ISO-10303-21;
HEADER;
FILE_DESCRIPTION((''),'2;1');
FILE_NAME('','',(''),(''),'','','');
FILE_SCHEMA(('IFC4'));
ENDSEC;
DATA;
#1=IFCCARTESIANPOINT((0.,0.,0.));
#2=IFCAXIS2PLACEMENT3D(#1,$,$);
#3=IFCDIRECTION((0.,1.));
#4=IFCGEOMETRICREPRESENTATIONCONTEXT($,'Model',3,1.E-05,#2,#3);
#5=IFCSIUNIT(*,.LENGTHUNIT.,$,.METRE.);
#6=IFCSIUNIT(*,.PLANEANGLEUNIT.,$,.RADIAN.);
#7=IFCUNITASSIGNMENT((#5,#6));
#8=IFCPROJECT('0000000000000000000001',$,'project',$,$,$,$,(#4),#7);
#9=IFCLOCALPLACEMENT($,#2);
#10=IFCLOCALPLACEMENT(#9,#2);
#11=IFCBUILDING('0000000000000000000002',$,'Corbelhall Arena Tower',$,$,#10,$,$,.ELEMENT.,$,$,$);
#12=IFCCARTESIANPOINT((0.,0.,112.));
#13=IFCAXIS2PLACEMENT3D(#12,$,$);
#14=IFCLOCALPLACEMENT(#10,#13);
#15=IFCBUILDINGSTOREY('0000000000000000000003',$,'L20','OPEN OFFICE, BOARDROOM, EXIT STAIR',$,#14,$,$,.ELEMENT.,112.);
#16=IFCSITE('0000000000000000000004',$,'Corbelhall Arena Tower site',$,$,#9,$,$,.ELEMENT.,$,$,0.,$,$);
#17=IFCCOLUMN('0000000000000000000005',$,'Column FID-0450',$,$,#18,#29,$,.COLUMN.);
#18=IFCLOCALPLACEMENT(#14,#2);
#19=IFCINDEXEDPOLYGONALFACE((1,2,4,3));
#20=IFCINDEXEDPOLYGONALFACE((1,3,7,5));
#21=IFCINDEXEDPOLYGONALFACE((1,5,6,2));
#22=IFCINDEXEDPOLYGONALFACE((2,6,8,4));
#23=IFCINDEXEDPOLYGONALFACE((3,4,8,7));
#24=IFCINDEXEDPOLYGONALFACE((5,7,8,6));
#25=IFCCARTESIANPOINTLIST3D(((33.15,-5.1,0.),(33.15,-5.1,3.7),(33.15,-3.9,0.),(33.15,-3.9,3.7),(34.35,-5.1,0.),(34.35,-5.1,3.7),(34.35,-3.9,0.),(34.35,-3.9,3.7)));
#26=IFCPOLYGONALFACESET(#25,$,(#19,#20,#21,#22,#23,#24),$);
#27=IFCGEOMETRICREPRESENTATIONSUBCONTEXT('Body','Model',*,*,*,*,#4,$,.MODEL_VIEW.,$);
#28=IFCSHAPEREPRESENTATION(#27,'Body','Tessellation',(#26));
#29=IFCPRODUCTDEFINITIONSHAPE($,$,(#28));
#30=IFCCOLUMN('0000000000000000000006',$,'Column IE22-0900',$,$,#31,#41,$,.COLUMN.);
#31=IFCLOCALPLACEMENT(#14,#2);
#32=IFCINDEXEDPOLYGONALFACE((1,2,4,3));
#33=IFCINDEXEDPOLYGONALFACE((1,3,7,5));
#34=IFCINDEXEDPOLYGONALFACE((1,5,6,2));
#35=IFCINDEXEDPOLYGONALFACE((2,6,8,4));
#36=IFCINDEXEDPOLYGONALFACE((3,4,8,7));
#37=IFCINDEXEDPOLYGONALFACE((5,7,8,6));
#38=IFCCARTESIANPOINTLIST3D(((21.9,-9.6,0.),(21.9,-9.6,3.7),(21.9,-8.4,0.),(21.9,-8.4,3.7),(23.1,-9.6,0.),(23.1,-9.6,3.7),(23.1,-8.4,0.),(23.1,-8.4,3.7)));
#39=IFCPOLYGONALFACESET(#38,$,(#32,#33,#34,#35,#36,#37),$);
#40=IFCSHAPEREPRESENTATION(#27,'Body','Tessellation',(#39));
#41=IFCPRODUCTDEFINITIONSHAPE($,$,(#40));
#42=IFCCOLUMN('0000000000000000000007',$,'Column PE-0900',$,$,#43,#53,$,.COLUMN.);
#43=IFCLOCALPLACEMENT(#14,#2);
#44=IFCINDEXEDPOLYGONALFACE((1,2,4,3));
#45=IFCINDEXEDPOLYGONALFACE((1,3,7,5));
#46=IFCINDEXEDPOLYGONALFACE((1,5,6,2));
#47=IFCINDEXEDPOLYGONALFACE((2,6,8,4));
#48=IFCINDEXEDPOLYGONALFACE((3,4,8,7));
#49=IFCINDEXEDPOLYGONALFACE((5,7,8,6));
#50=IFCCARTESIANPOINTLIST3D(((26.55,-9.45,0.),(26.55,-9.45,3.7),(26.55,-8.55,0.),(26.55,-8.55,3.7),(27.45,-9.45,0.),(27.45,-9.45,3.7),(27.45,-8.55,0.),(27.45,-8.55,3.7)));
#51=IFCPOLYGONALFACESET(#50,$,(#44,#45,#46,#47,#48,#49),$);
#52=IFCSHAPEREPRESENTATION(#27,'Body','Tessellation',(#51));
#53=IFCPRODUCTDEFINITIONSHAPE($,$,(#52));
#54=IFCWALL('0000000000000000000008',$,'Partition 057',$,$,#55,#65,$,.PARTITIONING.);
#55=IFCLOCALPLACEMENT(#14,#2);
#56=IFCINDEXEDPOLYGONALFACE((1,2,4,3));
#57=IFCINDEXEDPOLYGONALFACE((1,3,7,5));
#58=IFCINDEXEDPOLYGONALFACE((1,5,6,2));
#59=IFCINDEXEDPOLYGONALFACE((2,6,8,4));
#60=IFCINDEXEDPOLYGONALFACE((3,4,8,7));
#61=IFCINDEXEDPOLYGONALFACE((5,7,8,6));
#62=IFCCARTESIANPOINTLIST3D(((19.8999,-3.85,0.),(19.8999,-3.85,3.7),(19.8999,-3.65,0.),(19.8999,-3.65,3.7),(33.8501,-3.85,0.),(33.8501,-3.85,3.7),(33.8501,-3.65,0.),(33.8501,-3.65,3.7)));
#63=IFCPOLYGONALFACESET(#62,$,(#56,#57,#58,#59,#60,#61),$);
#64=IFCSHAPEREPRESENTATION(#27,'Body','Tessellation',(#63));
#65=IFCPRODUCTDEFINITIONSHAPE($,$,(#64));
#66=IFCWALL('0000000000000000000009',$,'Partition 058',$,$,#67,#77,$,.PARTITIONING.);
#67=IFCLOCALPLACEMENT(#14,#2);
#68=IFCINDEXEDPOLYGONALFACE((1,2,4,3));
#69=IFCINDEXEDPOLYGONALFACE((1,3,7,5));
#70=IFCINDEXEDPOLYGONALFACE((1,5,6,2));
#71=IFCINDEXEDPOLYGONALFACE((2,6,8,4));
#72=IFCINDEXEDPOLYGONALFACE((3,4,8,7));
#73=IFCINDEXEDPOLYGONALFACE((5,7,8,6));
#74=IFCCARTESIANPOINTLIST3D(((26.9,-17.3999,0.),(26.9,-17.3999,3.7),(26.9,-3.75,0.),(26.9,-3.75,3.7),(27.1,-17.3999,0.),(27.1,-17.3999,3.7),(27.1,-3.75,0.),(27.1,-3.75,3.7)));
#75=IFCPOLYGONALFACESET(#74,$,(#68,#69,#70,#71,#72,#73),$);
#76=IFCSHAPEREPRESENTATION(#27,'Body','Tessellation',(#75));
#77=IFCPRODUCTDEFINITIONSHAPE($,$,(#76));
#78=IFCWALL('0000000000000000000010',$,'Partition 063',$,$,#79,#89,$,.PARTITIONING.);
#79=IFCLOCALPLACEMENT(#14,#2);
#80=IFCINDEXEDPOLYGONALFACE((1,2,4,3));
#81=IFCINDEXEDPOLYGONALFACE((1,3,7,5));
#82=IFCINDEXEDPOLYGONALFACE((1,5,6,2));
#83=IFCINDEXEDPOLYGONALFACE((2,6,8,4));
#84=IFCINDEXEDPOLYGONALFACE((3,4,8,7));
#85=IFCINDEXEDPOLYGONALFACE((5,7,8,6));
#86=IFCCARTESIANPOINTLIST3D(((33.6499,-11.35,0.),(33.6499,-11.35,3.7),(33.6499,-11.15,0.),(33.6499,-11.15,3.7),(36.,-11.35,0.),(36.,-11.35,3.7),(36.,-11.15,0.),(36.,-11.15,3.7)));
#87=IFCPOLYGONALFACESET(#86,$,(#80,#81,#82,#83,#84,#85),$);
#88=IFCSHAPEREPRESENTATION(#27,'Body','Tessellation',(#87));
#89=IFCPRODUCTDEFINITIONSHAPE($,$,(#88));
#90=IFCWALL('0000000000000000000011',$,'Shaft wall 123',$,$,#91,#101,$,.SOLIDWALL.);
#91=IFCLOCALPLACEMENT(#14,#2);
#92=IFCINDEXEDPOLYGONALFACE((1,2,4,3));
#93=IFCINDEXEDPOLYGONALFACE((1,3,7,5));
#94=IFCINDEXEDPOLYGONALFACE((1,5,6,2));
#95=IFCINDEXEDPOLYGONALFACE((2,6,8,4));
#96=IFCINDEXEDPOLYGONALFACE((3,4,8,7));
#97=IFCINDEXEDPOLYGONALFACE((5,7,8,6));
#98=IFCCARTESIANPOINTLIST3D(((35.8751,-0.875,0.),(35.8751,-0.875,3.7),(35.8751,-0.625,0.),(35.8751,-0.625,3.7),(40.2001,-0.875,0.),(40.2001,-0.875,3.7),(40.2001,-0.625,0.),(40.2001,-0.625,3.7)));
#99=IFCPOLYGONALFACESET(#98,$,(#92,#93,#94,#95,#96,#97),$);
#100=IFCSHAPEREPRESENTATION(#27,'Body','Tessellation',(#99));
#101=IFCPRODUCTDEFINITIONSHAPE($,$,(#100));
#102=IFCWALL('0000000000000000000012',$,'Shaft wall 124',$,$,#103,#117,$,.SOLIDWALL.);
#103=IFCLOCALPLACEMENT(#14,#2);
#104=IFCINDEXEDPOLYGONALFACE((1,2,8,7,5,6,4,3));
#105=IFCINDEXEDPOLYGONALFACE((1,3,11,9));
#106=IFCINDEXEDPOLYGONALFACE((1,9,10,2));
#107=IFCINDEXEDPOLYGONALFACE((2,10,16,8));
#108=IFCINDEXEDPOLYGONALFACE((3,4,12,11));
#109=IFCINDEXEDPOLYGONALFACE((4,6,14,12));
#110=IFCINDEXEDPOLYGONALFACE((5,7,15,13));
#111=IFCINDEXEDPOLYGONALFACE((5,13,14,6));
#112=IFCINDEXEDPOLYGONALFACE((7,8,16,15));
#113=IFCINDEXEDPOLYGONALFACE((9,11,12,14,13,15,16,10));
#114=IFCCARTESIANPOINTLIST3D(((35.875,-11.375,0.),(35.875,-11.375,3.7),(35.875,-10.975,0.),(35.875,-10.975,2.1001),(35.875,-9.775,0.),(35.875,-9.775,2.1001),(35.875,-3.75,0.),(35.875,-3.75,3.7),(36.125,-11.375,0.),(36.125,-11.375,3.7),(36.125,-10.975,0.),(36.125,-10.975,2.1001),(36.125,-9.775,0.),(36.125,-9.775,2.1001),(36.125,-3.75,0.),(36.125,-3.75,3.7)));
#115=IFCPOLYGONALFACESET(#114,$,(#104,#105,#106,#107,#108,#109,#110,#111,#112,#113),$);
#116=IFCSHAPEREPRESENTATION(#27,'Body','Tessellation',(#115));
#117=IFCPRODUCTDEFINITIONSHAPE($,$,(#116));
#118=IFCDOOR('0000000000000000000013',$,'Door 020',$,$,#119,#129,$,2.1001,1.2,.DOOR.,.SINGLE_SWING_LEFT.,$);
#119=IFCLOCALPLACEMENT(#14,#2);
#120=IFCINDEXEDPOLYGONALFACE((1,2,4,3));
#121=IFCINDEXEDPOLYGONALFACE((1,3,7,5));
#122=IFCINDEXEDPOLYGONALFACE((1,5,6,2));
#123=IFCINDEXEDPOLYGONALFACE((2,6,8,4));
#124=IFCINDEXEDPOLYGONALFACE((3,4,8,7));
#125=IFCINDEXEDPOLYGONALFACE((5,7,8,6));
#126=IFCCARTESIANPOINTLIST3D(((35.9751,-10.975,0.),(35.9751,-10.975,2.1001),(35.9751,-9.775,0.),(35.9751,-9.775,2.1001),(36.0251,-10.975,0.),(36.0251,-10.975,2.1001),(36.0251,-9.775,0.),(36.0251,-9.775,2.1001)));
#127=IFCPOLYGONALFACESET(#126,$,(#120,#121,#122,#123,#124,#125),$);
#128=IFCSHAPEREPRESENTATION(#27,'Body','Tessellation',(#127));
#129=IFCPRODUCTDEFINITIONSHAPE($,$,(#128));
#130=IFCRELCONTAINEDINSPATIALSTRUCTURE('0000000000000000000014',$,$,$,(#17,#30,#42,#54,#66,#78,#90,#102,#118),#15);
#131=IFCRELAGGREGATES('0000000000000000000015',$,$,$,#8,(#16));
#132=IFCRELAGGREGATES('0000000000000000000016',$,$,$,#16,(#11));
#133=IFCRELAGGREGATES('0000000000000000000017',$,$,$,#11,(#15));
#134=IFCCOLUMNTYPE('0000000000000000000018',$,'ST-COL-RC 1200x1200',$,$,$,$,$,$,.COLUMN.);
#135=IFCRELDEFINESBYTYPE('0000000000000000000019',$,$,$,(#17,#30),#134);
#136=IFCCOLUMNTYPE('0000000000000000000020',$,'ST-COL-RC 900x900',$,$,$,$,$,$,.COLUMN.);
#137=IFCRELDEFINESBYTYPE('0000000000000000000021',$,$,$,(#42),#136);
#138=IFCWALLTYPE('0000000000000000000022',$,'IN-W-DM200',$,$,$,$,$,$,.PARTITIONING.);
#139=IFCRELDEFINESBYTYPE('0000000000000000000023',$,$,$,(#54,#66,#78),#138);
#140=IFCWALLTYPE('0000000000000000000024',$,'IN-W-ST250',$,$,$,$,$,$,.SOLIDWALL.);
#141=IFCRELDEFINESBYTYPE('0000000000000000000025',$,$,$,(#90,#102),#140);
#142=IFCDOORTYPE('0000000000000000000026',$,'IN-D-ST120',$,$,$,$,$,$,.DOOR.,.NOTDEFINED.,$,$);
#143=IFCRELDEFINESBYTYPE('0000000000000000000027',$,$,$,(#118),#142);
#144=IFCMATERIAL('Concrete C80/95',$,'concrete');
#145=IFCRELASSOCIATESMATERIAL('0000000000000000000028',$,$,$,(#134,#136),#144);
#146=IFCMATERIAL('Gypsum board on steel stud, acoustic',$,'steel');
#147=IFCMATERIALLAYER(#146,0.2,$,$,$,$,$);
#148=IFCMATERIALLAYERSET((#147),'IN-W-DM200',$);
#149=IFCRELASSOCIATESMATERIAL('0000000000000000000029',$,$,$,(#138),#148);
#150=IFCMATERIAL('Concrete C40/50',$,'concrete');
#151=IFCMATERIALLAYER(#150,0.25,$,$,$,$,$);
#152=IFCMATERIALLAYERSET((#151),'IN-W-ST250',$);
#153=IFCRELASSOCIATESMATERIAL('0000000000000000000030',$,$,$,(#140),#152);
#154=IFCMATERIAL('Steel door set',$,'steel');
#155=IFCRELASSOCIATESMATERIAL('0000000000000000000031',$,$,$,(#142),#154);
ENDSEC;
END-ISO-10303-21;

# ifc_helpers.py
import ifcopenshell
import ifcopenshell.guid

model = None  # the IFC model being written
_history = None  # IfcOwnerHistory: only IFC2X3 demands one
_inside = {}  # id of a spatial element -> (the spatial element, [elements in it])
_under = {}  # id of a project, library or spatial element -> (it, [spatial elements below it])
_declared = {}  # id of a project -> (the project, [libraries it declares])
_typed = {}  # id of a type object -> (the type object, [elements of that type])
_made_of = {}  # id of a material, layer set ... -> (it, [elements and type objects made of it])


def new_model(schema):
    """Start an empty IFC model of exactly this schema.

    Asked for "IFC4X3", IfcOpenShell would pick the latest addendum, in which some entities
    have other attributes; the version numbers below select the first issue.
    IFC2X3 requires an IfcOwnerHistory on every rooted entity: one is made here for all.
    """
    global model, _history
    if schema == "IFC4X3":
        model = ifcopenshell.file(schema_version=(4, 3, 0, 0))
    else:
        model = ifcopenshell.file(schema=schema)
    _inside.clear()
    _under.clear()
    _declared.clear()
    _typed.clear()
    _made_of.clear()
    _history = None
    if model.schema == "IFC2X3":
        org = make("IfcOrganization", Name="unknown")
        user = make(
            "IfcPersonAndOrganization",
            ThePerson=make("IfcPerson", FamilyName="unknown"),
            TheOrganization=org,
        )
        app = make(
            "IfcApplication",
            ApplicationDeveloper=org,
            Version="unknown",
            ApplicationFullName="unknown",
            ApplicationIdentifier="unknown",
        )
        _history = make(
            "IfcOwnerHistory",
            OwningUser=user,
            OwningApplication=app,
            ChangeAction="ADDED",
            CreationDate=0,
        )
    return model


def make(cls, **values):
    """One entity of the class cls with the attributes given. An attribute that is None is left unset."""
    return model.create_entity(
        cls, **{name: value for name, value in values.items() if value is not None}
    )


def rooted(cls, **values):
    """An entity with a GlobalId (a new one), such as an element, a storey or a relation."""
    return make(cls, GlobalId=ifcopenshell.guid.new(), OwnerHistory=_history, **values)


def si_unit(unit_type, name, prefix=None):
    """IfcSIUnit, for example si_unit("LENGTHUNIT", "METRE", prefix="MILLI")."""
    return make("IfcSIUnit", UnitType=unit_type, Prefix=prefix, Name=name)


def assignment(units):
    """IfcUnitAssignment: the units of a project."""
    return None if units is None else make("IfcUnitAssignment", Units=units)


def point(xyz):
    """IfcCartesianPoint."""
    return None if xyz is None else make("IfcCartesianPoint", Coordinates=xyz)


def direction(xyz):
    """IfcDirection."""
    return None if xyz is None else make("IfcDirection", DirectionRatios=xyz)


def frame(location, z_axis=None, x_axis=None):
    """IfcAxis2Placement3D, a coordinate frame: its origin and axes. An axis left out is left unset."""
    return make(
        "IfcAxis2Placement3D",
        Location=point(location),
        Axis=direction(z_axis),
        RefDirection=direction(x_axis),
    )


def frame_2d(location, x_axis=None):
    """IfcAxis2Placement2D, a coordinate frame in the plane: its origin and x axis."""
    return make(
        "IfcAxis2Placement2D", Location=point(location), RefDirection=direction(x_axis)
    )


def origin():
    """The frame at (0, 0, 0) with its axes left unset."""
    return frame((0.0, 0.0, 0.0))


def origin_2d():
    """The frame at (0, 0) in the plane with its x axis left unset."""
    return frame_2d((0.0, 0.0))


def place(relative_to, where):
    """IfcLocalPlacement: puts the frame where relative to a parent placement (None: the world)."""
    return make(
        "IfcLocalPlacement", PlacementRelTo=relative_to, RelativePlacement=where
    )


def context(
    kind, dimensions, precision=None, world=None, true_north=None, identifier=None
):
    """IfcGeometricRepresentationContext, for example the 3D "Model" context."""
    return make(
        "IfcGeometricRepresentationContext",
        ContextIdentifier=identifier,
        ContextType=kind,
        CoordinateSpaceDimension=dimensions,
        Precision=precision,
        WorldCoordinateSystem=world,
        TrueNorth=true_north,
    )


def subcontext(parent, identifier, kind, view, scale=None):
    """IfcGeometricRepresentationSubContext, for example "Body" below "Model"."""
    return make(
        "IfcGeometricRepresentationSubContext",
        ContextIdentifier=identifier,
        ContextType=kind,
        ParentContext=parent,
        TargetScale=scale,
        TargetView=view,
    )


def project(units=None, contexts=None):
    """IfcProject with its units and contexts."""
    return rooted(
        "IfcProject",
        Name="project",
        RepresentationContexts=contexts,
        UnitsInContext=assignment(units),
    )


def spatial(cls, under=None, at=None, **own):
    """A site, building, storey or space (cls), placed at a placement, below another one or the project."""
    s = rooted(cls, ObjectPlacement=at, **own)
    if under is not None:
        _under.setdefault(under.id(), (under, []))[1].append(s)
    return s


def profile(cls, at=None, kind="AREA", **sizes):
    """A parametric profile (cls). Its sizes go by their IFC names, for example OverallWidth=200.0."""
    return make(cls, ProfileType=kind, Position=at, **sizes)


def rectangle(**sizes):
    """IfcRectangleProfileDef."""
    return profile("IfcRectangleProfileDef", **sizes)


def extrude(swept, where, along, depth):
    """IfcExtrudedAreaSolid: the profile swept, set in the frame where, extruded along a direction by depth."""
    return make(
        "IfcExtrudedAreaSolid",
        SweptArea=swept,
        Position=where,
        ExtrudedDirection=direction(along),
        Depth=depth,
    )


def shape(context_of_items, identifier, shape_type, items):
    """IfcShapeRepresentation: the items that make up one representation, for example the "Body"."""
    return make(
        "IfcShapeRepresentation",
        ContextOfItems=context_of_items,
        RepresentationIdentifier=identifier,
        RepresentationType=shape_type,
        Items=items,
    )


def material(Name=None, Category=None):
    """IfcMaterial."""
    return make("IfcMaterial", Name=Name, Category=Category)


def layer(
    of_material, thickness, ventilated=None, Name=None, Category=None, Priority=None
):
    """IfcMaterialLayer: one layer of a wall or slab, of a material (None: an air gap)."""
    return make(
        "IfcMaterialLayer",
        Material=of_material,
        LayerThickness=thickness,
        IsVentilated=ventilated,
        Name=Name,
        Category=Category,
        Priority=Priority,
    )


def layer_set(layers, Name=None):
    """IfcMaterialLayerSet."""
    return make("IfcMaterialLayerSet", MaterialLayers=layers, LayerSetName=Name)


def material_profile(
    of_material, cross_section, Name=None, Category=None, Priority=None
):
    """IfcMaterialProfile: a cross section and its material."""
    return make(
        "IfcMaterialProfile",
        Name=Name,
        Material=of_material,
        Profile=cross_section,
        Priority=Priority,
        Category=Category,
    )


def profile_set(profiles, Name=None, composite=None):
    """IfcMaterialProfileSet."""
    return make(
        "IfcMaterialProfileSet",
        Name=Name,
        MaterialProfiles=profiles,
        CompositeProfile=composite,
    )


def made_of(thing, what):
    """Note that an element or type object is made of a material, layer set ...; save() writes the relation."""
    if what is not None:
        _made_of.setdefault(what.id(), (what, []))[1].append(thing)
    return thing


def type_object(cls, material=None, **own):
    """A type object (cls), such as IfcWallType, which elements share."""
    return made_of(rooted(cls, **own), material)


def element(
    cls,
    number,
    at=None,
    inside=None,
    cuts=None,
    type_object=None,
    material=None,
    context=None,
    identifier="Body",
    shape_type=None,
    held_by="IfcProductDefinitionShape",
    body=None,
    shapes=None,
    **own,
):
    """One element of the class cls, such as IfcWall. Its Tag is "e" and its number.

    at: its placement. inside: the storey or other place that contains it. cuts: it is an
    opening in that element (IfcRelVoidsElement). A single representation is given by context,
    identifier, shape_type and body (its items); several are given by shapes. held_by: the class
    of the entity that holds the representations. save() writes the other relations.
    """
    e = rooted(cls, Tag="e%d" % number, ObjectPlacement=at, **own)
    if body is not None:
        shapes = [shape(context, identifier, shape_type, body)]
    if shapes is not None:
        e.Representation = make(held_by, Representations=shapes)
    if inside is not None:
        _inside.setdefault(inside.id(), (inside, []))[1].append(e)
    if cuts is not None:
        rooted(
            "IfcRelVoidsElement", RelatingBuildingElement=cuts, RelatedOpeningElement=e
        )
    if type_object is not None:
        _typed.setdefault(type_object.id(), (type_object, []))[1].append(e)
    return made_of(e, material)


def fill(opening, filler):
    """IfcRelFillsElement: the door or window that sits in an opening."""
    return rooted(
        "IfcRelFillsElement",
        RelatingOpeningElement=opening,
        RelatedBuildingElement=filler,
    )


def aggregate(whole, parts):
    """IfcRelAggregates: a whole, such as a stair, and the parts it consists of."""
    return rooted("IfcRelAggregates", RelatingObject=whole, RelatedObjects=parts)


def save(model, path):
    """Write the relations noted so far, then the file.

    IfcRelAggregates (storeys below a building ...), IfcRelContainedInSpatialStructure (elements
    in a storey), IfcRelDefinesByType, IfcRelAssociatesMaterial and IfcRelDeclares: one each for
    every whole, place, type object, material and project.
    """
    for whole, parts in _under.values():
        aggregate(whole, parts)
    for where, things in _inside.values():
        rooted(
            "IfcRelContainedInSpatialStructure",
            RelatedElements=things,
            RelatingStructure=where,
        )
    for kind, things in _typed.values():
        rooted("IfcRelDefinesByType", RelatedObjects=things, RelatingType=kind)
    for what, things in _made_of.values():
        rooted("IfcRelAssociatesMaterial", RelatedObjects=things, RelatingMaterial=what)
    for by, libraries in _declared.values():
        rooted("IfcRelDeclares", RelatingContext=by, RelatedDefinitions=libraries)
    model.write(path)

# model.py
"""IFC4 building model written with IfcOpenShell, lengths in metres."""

from ifc_helpers import new_model, si_unit, direction, frame, frame_2d, origin, origin_2d, place, context, subcontext, project, spatial, rectangle, extrude, material, layer, layer_set, material_profile, profile_set, type_object, element, fill, save


model = new_model("IFC4")

# Units and contexts
model_context = context("Model", 3, precision=1e-05, world=origin(), true_north=direction((0.0, 1.0)))
body_context = subcontext(model_context, "Body", "Model", "MODEL_VIEW")
ifc_project = project(units=[si_unit("LENGTHUNIT", "METRE"), si_unit("PLANEANGLEUNIT", "RADIAN")], contexts=[model_context])

# Site, building, storey
site_placement = place(None, origin())
site = spatial("IfcSite", under=ifc_project, at=site_placement, Name="Corbelhall Arena Tower site", CompositionType="ELEMENT", RefElevation=0.0)
building_placement = place(site_placement, origin())
building = spatial("IfcBuilding", under=site, at=building_placement, Name="Corbelhall Arena Tower", CompositionType="ELEMENT")
storey_placement = place(building_placement, frame((0.0, 0.0, 112.0)))
storey = spatial("IfcBuildingStorey", under=building, at=storey_placement, Name="L20", Description="OPEN OFFICE, BOARDROOM, EXIT STAIR", CompositionType="ELEMENT", Elevation=112.0)

# Columns
ifc_material_1 = material(Name="Concrete C80/95", Category="concrete")
ifc_material_profile_1 = material_profile(ifc_material_1, rectangle(XDim=1.2, YDim=1.2, at=origin_2d()))
ifc_profile_set_1 = profile_set([ifc_material_profile_1], Name="Concrete C80/95")
column_type_1 = type_object("IfcColumnType", Name="ST-COL-RC 1200x1200", PredefinedType="COLUMN", material=ifc_profile_set_1)
for number, where, z_axis, x_axis, name in (
    (1, (33.75, -4.5, 0.0), (0.0, 0.0, 1.0), (1.0, 0.0, 0.0), "Column FID-0450"),
    (2, (22.5, -9.0, 0.0), (0.0, 0.0, 1.0), (1.0, 0.0, 0.0), "Column IE22-0900"),
):
    element("IfcColumn", number, at=place(storey_placement, frame(where, z_axis=z_axis, x_axis=x_axis)), inside=storey, type_object=column_type_1, Name=name, PredefinedType="COLUMN", context=body_context, shape_type="SweptSolid", body=[
        extrude(rectangle(XDim=1.2, YDim=1.2, at=origin_2d()), origin(), (0.0, 0.0, 1.0), 3.7),
    ])
ifc_material_profile_2 = material_profile(ifc_material_1, rectangle(XDim=0.8999, YDim=0.8999, at=origin_2d()))
ifc_profile_set_2 = profile_set([ifc_material_profile_2], Name="Concrete C80/95")
column_type_2 = type_object("IfcColumnType", Name="ST-COL-RC 900x900", PredefinedType="COLUMN", material=ifc_profile_set_2)
column_placement = place(storey_placement, frame((27.0, -9.0, 0.0), z_axis=(0.0, 0.0, 1.0), x_axis=(1.0, 0.0, 0.0)))
element("IfcColumn", 3, at=column_placement, inside=storey, type_object=column_type_2, Name="Column PE-0900", PredefinedType="COLUMN", context=body_context, shape_type="SweptSolid", body=[
    extrude(rectangle(XDim=0.8999, YDim=0.8999, at=origin_2d()), origin(), (0.0, 0.0, 1.0), 3.7),
])

# Shared definitions
ifc_material_2 = material(Name="Gypsum board on steel stud, acoustic", Category="steel")
ifc_layer_1 = layer(ifc_material_2, 0.2)
ifc_layer_set_1 = layer_set([ifc_layer_1], Name="IN-W-DM200")
wall_type_1 = type_object("IfcWallType", Name="IN-W-DM200", PredefinedType="PARTITIONING", material=ifc_layer_set_1)
ifc_material_3 = material(Name="Steel door set", Category="steel")

# Walls
wall_1_placement = place(storey_placement, frame((33.8501, -3.75, 0.0), z_axis=(0.0, 0.0, 1.0), x_axis=(-1.0, 0.0, 0.0)))
element("IfcWall", 4, at=wall_1_placement, inside=storey, type_object=wall_type_1, Name="Partition 057", PredefinedType="PARTITIONING", context=body_context, shape_type="SweptSolid", body=[
    extrude(rectangle(XDim=13.9502, YDim=0.2, at=frame_2d((6.9751, 0.0))), origin(), (0.0, 0.0, 1.0), 3.7),
])
wall_2_placement = place(storey_placement, frame((27.0, -3.75, 0.0), z_axis=(0.0, 0.0, 1.0), x_axis=(0.0, -1.0, 0.0)))
element("IfcWall", 5, at=wall_2_placement, inside=storey, type_object=wall_type_1, Name="Partition 058", PredefinedType="PARTITIONING", context=body_context, shape_type="SweptSolid", body=[
    extrude(rectangle(XDim=13.6499, YDim=0.2, at=frame_2d((6.825, 0.0))), origin(), (0.0, 0.0, 1.0), 3.7),
])

# Walls
wall_3_placement = place(storey_placement, frame((36.0, -11.25, 0.0), z_axis=(0.0, 0.0, 1.0), x_axis=(-1.0, 0.0, 0.0)))
element("IfcWall", 6, at=wall_3_placement, inside=storey, type_object=wall_type_1, Name="Partition 063", PredefinedType="PARTITIONING", context=body_context, shape_type="SweptSolid", body=[
    extrude(rectangle(XDim=2.3501, YDim=0.2, at=frame_2d((1.175, 0.0))), origin(), (0.0, 0.0, 1.0), 3.7),
])
ifc_material_4 = material(Name="Concrete C40/50", Category="concrete")
ifc_layer_2 = layer(ifc_material_4, 0.25)
ifc_layer_set_2 = layer_set([ifc_layer_2], Name="IN-W-ST250")
wall_type_2 = type_object("IfcWallType", Name="IN-W-ST250", PredefinedType="SOLIDWALL", material=ifc_layer_set_2)
wall_4_placement = place(storey_placement, frame((35.875, -0.75, 0.0), z_axis=(0.0, 0.0, 1.0), x_axis=(1.0, 0.0, 0.0)))
element("IfcWall", 7, at=wall_4_placement, inside=storey, type_object=wall_type_2, Name="Shaft wall 123", PredefinedType="SOLIDWALL", context=body_context, shape_type="SweptSolid", body=[
    extrude(rectangle(XDim=4.325, YDim=0.25, at=frame_2d((2.1626, 0.0))), origin(), (0.0, 0.0, 1.0), 3.7),
])

# Wall, opening, door
wall_5_placement = place(storey_placement, frame((36.0, -11.375, 0.0), z_axis=(0.0, 0.0, 1.0), x_axis=(0.0, 1.0, 0.0)))
wall_5 = element("IfcWall", 8, at=wall_5_placement, inside=storey, type_object=wall_type_2, Name="Shaft wall 124", PredefinedType="SOLIDWALL", context=body_context, shape_type="SweptSolid", body=[
    extrude(rectangle(XDim=7.625, YDim=0.25, at=frame_2d((3.8125, 0.0))), origin(), (0.0, 0.0, 1.0), 3.7),
])
opening_1_placement = place(wall_5_placement, frame((0.3999, 0.0, 0.0)))
opening_1 = element("IfcOpeningElement", 9, at=opening_1_placement, cuts=wall_5, PredefinedType="OPENING", context=body_context, shape_type="SweptSolid", body=[
    extrude(rectangle(XDim=1.2, YDim=2.1001, at=frame_2d((0.6001, 1.05))), frame((0.0, 0.125, 0.0), z_axis=(0.0, -1.0, 0.0), x_axis=(1.0, 0.0, 0.0)), (0.0, 0.0, 1.0), 0.25),
])
door_type_1 = type_object("IfcDoorType", Name="IN-D-ST120", OperationType="NOTDEFINED", PredefinedType="DOOR", material=ifc_material_3)
door_1_placement = place(opening_1_placement, origin())
door_1 = element("IfcDoor", 10, at=door_1_placement, inside=storey, type_object=door_type_1, Name="Door 020", OperationType="SINGLE_SWING_LEFT", OverallHeight=2.1001, OverallWidth=1.2, PredefinedType="DOOR", context=body_context, shape_type="SweptSolid", body=[
    extrude(rectangle(XDim=1.2, YDim=2.1001, at=frame_2d((0.6001, 1.05))), frame((0.0, 0.0249, 0.0), z_axis=(0.0, -1.0, 0.0), x_axis=(1.0, 0.0, 0.0)), (0.0, 0.0, 1.0), 0.05),
])
fill(opening_1, door_1)

save(model, "model.ifc")
